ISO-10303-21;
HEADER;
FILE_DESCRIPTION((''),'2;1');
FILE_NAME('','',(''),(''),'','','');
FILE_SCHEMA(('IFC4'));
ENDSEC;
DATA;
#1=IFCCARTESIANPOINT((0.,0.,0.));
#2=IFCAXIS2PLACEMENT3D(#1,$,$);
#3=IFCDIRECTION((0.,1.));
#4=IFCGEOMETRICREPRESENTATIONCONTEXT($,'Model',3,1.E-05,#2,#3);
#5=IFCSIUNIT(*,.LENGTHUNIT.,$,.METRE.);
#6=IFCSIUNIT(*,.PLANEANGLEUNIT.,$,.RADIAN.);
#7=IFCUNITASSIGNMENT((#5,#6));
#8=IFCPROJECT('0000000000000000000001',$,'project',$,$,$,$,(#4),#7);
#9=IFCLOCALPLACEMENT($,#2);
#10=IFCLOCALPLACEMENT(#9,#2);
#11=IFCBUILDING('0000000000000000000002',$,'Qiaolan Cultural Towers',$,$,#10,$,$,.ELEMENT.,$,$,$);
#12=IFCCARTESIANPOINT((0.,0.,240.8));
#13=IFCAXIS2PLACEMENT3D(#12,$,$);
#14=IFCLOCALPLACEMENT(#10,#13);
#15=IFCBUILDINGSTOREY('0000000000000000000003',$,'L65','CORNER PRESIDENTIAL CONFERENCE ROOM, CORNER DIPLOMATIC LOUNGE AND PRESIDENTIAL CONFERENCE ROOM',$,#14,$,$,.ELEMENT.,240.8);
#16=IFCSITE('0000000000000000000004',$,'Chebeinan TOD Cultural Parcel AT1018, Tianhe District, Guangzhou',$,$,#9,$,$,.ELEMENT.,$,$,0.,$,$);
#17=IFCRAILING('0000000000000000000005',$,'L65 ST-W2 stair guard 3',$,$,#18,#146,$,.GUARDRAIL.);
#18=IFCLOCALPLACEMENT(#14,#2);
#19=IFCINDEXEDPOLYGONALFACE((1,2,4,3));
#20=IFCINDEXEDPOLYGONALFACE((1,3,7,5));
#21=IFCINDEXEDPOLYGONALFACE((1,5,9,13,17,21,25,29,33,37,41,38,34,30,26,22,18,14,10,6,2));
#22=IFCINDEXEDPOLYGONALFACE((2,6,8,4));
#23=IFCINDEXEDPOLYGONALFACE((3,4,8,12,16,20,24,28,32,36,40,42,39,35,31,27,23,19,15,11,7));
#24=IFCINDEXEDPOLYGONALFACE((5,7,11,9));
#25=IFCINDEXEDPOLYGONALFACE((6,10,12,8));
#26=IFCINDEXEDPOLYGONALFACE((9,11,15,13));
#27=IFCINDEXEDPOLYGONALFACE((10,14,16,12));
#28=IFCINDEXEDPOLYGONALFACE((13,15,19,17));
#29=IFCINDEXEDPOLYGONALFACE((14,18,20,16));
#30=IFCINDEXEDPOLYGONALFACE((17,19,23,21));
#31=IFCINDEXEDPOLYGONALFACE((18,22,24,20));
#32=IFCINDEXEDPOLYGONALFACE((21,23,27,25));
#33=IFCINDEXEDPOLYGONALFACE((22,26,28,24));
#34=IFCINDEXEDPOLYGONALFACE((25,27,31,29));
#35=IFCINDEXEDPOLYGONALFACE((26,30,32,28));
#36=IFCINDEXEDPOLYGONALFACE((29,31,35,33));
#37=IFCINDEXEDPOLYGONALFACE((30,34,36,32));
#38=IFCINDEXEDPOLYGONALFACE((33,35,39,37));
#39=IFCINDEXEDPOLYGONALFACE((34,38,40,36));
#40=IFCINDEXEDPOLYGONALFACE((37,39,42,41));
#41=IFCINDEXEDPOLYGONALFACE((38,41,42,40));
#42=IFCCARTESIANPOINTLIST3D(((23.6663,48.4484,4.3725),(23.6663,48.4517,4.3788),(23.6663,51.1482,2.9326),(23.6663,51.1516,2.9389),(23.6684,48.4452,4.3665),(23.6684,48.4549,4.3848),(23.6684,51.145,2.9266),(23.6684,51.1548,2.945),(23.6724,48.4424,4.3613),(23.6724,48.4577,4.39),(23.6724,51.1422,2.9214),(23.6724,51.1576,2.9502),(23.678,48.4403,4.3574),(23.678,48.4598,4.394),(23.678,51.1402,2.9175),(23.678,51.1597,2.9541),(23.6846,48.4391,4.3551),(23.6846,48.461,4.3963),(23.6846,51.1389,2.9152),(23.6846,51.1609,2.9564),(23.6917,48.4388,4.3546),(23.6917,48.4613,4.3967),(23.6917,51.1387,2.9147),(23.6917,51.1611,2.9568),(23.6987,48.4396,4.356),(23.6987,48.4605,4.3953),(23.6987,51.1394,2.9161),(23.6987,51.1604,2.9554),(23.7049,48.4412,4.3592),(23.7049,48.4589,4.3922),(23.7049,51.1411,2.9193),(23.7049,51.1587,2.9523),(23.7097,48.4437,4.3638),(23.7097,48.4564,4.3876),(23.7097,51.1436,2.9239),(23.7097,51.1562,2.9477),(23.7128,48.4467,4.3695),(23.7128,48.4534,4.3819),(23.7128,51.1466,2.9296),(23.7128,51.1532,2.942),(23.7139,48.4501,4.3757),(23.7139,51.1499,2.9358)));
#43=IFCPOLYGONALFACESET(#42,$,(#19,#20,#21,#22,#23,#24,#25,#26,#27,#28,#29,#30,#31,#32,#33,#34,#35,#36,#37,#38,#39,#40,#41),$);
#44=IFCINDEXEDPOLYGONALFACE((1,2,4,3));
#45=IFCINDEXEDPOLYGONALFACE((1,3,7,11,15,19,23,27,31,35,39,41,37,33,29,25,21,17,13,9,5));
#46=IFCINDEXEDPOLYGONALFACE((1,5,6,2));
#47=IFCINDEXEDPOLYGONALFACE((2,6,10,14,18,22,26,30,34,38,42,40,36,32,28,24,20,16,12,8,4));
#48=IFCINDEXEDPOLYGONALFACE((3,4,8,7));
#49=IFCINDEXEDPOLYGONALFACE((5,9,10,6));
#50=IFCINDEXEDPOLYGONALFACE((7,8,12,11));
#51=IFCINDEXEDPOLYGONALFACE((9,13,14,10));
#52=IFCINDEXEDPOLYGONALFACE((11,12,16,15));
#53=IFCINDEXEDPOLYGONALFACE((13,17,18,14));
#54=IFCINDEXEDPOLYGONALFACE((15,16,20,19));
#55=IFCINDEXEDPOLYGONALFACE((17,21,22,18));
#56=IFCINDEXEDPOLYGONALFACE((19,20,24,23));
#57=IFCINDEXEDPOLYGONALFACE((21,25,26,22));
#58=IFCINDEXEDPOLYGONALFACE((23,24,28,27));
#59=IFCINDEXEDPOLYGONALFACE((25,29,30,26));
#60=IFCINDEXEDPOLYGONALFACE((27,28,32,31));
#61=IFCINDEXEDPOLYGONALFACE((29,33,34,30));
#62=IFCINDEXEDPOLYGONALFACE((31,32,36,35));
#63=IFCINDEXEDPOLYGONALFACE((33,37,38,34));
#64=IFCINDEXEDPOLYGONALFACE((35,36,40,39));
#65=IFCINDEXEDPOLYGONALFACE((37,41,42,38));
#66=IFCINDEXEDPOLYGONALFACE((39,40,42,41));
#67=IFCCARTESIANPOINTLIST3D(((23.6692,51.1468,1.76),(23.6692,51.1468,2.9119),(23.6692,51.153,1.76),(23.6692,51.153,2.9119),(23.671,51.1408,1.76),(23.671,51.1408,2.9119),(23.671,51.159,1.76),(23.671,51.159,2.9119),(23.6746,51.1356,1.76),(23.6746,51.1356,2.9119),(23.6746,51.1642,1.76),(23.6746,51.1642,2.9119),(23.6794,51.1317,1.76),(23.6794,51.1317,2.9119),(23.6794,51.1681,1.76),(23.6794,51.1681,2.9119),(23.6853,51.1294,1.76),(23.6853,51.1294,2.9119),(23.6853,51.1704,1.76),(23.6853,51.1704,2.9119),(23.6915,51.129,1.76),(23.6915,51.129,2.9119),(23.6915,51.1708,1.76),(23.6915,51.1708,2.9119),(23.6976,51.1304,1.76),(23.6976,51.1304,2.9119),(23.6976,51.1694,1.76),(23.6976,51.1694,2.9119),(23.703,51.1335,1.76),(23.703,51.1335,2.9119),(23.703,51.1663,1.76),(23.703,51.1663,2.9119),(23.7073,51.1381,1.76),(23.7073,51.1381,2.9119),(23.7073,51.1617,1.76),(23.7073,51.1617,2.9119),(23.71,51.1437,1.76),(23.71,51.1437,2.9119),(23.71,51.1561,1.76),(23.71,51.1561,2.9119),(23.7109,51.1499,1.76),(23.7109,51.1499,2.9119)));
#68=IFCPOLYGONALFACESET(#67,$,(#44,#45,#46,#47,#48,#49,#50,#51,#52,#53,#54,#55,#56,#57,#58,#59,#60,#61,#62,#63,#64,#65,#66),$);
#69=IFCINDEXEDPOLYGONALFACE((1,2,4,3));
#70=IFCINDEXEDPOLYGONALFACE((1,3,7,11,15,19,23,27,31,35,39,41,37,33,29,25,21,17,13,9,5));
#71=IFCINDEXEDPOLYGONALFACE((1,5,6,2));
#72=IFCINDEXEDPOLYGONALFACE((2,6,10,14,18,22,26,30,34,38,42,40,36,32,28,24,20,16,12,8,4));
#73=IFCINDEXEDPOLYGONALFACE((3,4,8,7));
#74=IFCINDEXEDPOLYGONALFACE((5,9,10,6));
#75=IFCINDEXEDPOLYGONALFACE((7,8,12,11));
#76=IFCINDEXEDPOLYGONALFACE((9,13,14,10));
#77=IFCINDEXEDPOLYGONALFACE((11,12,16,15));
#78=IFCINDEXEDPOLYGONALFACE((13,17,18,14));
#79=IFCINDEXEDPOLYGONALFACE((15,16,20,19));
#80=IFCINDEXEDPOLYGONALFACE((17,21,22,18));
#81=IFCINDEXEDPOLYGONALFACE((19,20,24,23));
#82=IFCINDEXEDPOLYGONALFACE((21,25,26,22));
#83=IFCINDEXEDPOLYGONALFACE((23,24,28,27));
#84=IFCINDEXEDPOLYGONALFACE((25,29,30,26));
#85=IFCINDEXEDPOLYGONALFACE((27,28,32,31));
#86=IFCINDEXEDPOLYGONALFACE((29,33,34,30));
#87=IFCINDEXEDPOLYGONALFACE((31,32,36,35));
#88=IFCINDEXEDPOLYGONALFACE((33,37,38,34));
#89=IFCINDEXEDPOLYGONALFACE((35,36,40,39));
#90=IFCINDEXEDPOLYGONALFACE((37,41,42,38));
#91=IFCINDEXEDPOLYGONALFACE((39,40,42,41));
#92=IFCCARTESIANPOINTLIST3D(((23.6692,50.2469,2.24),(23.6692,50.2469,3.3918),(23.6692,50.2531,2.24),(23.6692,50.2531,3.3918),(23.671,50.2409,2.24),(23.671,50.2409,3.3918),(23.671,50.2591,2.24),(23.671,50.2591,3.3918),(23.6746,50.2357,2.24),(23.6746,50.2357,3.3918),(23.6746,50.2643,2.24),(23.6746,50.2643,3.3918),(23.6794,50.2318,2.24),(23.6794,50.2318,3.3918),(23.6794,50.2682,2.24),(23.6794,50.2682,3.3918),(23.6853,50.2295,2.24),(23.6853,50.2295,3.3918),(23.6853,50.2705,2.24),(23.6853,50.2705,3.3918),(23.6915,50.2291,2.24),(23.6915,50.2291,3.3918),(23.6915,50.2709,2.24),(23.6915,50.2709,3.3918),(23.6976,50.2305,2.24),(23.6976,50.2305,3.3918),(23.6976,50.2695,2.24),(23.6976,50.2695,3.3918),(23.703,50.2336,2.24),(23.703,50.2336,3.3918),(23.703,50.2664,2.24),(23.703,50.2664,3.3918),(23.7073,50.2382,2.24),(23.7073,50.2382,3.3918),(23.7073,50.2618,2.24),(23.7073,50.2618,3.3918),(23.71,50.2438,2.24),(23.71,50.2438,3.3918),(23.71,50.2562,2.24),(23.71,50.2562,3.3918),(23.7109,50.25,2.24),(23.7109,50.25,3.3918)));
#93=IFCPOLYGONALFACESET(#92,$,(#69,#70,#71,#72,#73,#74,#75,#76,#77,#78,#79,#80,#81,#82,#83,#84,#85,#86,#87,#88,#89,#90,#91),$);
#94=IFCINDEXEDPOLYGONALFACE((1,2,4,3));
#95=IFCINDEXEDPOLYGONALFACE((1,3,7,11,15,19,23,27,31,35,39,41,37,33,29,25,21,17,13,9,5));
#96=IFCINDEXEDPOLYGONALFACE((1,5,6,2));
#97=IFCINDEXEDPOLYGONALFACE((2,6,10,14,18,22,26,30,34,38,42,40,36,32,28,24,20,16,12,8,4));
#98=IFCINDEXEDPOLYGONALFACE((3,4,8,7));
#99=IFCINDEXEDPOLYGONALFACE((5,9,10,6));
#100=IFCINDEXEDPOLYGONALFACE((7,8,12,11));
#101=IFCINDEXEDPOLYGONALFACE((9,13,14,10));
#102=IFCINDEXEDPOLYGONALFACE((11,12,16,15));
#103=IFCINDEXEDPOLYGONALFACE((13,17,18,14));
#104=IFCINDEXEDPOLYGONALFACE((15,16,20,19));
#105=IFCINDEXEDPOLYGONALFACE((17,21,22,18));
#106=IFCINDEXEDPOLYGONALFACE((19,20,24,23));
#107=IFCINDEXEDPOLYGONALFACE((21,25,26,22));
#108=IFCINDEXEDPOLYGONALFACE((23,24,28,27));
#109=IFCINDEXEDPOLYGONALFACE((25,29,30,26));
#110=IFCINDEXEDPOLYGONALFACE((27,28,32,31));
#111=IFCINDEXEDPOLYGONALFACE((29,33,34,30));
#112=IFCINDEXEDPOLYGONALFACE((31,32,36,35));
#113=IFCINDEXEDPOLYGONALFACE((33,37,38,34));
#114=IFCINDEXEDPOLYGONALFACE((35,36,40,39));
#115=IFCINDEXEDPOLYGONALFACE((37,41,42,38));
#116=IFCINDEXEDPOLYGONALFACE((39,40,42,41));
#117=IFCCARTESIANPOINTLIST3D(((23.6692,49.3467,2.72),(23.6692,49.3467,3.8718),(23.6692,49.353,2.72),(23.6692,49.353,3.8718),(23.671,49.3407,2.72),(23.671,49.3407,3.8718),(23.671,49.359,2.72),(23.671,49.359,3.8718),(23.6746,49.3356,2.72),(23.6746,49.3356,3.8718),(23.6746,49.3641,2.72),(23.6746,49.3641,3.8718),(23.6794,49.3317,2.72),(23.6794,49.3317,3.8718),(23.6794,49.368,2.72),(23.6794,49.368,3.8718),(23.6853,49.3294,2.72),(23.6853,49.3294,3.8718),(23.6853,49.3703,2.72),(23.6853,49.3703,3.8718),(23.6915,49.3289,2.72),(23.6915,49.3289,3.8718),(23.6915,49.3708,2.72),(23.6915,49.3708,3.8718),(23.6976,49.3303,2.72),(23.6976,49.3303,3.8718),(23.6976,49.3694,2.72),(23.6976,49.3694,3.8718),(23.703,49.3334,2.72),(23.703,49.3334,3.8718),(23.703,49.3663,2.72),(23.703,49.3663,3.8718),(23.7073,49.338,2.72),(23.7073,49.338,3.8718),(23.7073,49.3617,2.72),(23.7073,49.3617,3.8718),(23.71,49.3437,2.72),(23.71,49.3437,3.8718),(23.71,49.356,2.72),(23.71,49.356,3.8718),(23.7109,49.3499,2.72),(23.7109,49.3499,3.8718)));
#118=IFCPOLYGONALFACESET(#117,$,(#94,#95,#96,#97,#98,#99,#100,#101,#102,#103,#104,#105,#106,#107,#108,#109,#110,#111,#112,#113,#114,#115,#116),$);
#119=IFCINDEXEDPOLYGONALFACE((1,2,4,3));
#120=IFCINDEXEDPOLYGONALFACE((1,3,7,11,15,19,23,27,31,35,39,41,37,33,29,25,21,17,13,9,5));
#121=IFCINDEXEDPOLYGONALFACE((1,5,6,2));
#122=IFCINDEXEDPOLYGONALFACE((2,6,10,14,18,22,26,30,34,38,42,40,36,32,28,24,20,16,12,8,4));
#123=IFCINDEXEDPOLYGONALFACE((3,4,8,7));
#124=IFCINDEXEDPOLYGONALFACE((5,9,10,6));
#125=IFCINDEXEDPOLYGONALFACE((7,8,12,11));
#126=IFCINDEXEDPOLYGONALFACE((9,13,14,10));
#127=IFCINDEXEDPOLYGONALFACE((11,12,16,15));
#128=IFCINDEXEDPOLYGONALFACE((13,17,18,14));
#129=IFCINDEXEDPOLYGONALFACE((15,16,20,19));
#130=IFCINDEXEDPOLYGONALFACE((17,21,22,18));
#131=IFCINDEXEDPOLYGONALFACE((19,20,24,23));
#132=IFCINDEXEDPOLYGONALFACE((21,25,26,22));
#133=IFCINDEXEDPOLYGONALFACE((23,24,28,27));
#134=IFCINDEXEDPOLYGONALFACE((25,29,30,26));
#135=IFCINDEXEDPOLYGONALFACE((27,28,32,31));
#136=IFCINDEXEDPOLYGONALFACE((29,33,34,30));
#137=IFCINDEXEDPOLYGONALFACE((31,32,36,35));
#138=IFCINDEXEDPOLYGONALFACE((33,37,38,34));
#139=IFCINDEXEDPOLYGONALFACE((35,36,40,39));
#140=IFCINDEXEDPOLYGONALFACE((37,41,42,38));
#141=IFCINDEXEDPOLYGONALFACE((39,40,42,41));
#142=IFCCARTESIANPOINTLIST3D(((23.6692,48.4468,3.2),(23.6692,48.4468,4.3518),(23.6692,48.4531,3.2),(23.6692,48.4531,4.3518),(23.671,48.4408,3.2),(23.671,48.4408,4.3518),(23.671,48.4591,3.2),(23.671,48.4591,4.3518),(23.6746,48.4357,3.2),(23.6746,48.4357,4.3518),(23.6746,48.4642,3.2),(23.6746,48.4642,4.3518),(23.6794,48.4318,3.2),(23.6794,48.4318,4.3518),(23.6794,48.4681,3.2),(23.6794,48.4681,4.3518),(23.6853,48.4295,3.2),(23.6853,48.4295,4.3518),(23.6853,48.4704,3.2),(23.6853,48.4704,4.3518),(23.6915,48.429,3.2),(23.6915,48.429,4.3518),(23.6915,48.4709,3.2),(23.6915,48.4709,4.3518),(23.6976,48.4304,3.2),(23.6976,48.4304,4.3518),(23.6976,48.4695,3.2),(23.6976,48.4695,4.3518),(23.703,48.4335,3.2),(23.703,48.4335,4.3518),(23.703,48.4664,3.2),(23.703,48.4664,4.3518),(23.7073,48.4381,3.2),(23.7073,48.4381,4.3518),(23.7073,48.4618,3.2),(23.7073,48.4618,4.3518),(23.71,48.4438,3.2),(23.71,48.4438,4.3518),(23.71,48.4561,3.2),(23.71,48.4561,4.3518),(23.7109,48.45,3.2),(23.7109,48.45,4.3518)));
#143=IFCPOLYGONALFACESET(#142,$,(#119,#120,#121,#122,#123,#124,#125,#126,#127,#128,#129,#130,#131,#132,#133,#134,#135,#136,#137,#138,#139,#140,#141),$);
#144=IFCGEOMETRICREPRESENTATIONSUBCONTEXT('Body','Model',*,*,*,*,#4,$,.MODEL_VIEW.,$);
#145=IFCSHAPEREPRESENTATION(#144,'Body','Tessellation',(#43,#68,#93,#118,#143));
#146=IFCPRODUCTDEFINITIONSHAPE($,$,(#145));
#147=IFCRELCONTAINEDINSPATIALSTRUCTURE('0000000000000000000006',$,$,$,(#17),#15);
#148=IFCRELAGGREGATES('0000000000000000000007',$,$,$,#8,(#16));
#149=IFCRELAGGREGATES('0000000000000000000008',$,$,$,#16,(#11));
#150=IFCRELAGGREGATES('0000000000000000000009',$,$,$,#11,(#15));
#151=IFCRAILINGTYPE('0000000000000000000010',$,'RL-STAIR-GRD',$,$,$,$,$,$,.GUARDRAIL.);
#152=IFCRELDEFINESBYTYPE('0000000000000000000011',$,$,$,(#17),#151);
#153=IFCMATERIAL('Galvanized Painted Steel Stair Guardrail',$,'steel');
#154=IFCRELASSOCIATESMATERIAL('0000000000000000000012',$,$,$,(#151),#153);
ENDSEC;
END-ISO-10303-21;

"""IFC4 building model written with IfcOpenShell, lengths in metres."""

from ifc_helpers import new_model, si_unit, direction, frame, origin, origin_2d, place, context, subcontext, project, spatial, circle, extrude, material, type_object, element, save


model = new_model("IFC4")

# Units and contexts
model_context = context("Model", 3, precision=1e-05, world=origin(), true_north=direction((0.0, 1.0)))
body_context = subcontext(model_context, "Body", "Model", "MODEL_VIEW")
ifc_project = project(units=[si_unit("LENGTHUNIT", "METRE"), si_unit("PLANEANGLEUNIT", "RADIAN")], contexts=[model_context])

# Site, building, storey
site_placement = place(None, origin())
site = spatial("IfcSite", under=ifc_project, at=site_placement, Name="Chebeinan TOD Cultural Parcel AT1018, Tianhe District, Guangzhou", CompositionType="ELEMENT", RefElevation=0.0)
building_placement = place(site_placement, origin())
building = spatial("IfcBuilding", under=site, at=building_placement, Name="Qiaolan Cultural Towers", CompositionType="ELEMENT")
storey_placement = place(building_placement, frame((0.0, 0.0, 240.8)))
storey = spatial("IfcBuildingStorey", under=building, at=storey_placement, Name="L65", Description="CORNER PRESIDENTIAL CONFERENCE ROOM, CORNER DIPLOMATIC LOUNGE AND PRESIDENTIAL CONFERENCE ROOM", CompositionType="ELEMENT", Elevation=240.8)

# Railing
ifc_material_1 = material(Name="Galvanized Painted Steel Stair Guardrail", Category="steel")
railing_type_1 = type_object("IfcRailingType", Name="RL-STAIR-GRD", PredefinedType="GUARDRAIL", material=ifc_material_1)
railing_1_placement = place(storey_placement, frame((23.6899, 51.1499, 1.76)))
element("IfcRailing", 1, at=railing_1_placement, inside=storey, type_object=railing_type_1, Name="L65 ST-W2 stair guard 3", PredefinedType="GUARDRAIL", context=body_context, shape_type="SweptSolid", body=[
    extrude(circle(Radius=0.0239, at=origin_2d()), frame((0.0, 0.0, 1.1758), z_axis=(0.0, -0.882357, 0.47058), x_axis=(1.0, 0.0, 0.0)), (0.0, 0.0, 1.0), 3.0598),
    extrude(circle(Radius=0.021, at=origin_2d()), origin(), (0.0, 0.0, 1.0), 1.1519),
    extrude(circle(Radius=0.021, at=origin_2d()), frame((0.0, -0.8999, 0.48)), (0.0, 0.0, 1.0), 1.1519),
    extrude(circle(Radius=0.021, at=origin_2d()), frame((0.0, -1.8, 0.96)), (0.0, 0.0, 1.0), 1.1519),
    extrude(circle(Radius=0.021, at=origin_2d()), frame((0.0, -2.7, 1.4399)), (0.0, 0.0, 1.0), 1.1519),
])

save(model, "model.ifc")
